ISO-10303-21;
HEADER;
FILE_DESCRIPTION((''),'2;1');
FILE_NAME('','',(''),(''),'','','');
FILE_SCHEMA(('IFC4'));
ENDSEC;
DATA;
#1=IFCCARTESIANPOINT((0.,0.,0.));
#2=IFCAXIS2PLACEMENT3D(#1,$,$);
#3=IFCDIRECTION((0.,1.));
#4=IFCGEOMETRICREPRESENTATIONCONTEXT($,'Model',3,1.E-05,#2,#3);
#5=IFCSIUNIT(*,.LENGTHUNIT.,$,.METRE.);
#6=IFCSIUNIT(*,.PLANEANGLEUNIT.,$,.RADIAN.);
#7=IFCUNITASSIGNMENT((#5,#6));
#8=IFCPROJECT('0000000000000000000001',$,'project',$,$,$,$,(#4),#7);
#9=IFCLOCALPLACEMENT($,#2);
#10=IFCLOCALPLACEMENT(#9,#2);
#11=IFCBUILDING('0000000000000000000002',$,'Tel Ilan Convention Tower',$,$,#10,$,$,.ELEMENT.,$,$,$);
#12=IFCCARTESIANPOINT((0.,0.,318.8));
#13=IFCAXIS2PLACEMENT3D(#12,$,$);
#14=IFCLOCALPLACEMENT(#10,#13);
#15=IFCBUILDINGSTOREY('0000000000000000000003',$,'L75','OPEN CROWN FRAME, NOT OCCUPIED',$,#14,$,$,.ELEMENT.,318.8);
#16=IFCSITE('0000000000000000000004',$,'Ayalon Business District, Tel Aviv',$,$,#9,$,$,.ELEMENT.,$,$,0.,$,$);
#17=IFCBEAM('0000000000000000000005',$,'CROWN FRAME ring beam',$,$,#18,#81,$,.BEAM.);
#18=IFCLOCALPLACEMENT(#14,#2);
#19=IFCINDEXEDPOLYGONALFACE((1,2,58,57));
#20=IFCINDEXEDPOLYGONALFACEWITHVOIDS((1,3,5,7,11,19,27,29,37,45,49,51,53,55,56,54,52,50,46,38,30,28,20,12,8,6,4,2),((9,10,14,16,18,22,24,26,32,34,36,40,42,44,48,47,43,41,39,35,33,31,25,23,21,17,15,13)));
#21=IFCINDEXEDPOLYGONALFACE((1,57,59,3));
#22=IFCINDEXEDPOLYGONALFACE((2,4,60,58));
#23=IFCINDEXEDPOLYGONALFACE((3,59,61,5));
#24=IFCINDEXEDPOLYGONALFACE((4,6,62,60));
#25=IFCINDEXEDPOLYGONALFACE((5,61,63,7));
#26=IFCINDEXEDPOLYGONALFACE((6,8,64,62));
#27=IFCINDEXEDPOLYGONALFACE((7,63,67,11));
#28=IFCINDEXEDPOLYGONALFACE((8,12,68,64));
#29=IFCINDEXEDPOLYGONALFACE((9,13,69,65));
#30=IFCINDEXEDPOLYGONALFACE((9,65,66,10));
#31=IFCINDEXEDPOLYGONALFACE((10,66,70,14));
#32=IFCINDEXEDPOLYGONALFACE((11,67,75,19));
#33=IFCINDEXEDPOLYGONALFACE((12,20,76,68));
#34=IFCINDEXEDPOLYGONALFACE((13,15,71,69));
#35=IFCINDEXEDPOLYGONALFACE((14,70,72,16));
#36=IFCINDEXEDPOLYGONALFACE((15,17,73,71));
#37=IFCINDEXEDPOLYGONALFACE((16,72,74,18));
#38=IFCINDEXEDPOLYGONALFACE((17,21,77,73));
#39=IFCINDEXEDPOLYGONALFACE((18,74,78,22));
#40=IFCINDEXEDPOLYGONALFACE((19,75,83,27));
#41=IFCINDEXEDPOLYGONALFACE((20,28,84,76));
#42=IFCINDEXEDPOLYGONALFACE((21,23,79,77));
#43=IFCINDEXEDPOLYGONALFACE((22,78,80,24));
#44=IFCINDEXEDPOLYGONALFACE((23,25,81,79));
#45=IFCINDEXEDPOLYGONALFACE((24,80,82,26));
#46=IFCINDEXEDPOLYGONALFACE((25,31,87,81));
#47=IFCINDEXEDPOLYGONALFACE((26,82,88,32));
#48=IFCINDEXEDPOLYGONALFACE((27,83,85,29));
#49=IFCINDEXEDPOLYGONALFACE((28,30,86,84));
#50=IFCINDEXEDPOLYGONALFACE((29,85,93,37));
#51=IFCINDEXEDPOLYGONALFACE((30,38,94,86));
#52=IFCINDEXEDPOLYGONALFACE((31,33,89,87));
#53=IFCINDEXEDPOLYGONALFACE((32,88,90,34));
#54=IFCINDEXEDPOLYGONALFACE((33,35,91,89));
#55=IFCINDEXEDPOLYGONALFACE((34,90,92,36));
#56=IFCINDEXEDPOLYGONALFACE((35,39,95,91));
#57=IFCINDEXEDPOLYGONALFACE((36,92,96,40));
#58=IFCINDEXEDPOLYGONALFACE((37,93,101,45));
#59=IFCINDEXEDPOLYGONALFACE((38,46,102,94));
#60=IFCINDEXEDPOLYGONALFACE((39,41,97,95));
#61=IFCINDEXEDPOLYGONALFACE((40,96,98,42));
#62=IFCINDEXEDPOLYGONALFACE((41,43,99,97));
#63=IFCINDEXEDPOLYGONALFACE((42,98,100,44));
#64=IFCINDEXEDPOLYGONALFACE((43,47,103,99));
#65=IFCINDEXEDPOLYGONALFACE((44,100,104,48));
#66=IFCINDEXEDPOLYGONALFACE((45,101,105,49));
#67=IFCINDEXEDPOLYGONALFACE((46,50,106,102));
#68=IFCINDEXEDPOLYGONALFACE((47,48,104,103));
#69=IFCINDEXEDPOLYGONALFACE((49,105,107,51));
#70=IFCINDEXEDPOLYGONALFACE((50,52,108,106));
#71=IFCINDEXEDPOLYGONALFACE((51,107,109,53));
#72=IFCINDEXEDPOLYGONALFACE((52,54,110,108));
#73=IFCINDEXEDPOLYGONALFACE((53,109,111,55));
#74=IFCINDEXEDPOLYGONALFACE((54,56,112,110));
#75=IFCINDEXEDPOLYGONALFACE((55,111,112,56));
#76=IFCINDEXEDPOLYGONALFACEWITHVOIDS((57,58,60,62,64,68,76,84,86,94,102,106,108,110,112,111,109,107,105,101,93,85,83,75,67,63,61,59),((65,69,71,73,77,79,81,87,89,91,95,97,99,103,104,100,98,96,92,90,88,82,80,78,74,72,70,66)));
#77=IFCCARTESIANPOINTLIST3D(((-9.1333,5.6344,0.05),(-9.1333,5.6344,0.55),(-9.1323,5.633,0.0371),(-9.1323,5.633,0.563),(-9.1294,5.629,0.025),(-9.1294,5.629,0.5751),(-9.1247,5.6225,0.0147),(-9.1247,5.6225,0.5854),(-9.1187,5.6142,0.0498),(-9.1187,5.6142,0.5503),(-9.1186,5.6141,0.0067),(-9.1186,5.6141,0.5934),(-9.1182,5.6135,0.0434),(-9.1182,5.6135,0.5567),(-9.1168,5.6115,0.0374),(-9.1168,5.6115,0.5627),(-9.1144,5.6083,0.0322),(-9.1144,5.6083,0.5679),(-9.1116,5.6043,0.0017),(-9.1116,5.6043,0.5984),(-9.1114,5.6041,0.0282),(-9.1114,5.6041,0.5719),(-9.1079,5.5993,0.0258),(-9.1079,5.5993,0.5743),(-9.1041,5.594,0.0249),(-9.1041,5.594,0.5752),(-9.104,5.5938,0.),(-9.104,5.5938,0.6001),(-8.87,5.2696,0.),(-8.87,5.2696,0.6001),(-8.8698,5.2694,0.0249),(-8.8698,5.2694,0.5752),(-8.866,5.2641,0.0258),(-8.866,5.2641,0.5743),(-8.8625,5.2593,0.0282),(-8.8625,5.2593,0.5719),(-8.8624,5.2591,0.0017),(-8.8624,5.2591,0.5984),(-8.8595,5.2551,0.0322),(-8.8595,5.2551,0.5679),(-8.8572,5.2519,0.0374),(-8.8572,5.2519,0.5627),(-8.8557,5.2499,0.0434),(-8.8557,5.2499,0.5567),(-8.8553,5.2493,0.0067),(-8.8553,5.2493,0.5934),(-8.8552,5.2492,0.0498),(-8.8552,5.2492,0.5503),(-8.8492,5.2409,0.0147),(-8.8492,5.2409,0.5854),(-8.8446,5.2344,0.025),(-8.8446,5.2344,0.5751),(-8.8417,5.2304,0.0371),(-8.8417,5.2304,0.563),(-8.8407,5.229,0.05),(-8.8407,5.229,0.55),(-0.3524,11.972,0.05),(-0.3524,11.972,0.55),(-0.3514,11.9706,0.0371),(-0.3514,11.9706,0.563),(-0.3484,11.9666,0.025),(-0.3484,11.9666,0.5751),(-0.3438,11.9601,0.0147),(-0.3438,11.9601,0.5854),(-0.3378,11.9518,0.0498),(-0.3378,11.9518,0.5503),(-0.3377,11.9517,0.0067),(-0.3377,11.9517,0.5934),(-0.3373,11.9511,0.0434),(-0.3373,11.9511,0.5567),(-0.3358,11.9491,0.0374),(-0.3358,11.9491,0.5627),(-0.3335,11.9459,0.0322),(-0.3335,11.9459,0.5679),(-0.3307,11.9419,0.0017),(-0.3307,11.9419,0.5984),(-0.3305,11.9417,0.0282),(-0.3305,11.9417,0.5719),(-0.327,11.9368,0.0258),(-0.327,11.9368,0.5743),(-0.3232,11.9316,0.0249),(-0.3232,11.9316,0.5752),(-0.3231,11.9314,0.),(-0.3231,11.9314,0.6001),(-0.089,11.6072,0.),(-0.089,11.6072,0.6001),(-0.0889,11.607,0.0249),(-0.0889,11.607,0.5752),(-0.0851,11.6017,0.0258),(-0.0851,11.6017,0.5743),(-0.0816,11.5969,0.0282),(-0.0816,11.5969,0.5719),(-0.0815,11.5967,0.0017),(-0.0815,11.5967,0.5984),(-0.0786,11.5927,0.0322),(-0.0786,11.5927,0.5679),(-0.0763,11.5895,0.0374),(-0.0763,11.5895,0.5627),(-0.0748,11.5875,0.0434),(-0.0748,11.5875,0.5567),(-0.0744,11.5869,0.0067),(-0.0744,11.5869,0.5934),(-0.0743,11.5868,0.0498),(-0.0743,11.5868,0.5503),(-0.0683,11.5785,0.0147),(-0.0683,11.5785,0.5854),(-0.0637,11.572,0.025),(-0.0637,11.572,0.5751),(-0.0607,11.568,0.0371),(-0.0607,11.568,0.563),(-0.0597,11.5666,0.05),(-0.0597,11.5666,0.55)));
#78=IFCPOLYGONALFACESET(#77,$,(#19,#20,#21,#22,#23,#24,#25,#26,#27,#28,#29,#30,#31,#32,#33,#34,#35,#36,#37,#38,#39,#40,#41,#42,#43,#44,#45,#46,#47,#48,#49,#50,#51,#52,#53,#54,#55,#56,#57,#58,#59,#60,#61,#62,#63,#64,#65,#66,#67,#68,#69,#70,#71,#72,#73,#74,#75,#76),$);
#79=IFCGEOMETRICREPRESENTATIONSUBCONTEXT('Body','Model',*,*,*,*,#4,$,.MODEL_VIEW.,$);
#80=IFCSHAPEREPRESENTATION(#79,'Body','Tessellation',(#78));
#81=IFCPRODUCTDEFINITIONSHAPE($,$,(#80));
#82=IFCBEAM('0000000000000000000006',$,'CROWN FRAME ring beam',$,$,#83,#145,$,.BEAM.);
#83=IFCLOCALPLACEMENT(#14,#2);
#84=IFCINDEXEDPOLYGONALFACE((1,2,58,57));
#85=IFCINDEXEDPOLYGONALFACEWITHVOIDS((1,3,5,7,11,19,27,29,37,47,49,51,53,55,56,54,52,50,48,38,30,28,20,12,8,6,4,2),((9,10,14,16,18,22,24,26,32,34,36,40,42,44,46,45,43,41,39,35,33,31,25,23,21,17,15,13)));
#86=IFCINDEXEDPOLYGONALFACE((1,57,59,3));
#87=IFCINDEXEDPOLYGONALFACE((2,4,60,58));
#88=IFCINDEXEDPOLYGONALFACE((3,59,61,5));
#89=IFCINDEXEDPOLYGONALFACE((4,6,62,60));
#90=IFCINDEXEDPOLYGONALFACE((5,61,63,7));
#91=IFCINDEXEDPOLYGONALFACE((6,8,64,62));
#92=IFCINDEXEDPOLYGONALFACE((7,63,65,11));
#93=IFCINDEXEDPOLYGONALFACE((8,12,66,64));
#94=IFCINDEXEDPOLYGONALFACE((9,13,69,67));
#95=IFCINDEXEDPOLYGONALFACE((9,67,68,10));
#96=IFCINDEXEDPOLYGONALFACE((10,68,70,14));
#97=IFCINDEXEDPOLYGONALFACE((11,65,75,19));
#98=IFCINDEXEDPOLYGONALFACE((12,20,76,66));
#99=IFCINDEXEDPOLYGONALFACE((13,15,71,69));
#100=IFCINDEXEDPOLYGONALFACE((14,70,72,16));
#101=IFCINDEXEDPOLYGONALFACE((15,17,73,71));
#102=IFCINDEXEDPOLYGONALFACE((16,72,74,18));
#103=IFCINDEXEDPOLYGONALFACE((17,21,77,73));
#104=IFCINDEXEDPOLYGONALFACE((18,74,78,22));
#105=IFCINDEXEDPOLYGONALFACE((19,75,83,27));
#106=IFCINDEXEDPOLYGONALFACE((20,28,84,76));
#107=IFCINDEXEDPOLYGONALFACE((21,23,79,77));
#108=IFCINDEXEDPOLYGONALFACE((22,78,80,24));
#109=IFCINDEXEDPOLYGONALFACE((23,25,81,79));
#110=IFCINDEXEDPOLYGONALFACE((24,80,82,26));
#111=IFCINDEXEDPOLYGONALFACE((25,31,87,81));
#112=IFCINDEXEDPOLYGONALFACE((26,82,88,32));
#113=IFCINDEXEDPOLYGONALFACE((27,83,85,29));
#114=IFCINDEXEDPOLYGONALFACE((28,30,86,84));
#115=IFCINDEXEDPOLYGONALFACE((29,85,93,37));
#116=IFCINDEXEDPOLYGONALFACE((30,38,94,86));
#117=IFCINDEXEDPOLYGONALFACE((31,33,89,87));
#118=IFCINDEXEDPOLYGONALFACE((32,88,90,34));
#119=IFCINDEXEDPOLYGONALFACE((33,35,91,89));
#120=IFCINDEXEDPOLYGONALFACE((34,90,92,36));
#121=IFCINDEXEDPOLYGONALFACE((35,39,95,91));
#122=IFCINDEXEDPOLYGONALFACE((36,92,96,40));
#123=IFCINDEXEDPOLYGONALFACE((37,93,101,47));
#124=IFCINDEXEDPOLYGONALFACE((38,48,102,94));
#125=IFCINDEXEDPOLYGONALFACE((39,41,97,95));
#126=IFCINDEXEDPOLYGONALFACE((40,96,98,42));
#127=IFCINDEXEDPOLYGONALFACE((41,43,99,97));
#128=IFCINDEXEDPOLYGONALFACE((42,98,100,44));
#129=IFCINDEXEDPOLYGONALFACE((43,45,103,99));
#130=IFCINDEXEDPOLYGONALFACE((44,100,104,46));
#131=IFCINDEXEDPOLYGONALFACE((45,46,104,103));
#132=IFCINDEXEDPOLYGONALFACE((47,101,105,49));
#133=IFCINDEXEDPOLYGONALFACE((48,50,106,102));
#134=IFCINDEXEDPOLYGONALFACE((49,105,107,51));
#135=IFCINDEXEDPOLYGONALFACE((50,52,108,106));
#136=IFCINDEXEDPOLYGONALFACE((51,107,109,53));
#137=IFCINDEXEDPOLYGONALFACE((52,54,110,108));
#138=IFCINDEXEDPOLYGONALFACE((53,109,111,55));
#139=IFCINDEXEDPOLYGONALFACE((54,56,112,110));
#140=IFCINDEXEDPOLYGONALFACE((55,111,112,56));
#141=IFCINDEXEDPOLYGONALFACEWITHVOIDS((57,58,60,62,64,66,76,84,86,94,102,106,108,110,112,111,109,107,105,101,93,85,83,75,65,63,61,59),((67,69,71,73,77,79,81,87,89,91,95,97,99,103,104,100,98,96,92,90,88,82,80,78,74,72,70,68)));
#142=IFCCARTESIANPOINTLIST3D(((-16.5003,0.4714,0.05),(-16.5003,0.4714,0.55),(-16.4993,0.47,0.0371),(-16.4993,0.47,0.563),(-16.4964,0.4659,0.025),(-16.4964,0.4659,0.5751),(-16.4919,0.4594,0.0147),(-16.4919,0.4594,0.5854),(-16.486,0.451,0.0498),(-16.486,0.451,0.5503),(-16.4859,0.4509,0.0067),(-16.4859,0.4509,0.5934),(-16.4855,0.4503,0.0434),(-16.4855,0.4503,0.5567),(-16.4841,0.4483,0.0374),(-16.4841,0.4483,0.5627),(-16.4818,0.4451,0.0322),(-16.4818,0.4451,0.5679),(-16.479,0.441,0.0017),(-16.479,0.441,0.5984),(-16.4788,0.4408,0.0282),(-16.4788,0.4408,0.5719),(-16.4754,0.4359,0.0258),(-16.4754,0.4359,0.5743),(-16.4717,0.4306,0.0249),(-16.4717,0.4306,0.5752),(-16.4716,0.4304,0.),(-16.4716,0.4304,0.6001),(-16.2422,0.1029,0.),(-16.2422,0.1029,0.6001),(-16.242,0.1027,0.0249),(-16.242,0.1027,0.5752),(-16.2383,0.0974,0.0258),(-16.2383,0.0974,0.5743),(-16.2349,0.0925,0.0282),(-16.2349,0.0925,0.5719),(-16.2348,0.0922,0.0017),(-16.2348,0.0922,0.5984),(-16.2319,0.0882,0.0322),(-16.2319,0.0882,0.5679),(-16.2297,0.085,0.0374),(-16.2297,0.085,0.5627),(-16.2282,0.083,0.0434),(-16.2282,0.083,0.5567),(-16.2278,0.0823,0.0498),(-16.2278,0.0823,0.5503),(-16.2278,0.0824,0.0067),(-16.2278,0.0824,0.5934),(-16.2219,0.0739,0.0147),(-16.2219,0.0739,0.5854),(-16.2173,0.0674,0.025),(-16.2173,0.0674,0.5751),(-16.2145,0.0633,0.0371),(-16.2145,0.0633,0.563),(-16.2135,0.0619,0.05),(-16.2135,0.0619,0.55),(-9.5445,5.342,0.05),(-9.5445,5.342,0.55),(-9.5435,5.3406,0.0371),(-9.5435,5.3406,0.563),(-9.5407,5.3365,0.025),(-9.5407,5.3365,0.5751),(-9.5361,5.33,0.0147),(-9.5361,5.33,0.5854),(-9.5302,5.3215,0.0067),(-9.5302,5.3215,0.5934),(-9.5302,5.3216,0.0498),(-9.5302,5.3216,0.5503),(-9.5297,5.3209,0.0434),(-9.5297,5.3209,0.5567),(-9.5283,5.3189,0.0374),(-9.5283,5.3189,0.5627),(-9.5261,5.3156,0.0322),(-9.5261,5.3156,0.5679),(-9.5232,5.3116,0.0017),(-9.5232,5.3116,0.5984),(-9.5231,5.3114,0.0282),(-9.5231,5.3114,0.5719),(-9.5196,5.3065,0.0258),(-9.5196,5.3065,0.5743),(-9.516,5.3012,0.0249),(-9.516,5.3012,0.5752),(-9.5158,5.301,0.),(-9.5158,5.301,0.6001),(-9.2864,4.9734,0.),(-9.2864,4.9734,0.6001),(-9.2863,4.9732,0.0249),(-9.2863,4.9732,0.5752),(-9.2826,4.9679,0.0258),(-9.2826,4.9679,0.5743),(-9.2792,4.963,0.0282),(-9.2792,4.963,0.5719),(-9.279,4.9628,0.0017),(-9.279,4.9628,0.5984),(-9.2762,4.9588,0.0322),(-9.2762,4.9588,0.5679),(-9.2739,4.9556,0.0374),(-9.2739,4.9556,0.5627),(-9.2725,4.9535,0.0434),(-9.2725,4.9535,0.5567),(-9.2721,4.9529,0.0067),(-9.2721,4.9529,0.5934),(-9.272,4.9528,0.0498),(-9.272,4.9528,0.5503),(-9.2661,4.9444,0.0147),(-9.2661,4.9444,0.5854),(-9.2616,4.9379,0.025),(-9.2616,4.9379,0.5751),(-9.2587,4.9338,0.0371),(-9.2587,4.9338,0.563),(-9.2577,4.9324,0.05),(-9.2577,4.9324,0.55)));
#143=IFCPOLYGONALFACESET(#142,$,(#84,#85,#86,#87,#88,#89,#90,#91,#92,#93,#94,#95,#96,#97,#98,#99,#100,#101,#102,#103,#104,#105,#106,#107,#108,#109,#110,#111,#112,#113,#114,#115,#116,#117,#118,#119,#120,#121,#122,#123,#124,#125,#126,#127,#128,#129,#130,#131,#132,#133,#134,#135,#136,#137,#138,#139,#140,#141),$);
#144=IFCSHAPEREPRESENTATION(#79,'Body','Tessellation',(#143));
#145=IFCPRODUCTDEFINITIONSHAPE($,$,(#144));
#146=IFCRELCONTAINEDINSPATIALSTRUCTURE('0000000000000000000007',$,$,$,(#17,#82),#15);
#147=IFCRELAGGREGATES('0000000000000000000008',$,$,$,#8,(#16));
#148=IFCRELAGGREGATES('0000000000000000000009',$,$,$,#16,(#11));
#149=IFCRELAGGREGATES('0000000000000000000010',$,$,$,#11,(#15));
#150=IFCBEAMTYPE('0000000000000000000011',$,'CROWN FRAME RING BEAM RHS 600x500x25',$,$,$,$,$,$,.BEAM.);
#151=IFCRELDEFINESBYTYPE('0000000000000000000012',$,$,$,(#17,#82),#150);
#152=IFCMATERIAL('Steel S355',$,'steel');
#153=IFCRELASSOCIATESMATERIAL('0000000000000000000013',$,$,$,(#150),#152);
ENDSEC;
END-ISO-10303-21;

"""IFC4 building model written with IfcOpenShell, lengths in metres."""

from ifc_helpers import new_model, si_unit, direction, frame, origin, origin_2d, place, context, subcontext, project, spatial, hollow_rectangle, extrude, material, material_profile, profile_set, type_object, element, save


model = new_model("IFC4")

# Units and contexts
model_context = context("Model", 3, precision=1e-05, world=origin(), true_north=direction((0.0, 1.0)))
body_context = subcontext(model_context, "Body", "Model", "MODEL_VIEW")
ifc_project = project(units=[si_unit("LENGTHUNIT", "METRE"), si_unit("PLANEANGLEUNIT", "RADIAN")], contexts=[model_context])

# Site, building, storey
site_placement = place(None, origin())
site = spatial("IfcSite", under=ifc_project, at=site_placement, Name="Ayalon Business District, Tel Aviv", CompositionType="ELEMENT", RefElevation=0.0)
building_placement = place(site_placement, origin())
building = spatial("IfcBuilding", under=site, at=building_placement, Name="Tel Ilan Convention Tower", CompositionType="ELEMENT")
storey_placement = place(building_placement, frame((0.0, 0.0, 318.8)))
storey = spatial("IfcBuildingStorey", under=building, at=storey_placement, Name="L75", Description="OPEN CROWN FRAME, NOT OCCUPIED", CompositionType="ELEMENT", Elevation=318.8)

# Beams
ifc_material_1 = material(Name="Steel S355", Category="steel")
ifc_material_profile_1 = material_profile(ifc_material_1, hollow_rectangle(XDim=0.5, YDim=0.6001, WallThickness=0.0249, InnerFilletRadius=0.0249, OuterFilletRadius=0.05, at=origin_2d()), Name="RHS 600x500x25")
ifc_profile_set_1 = profile_set([ifc_material_profile_1], Name="Steel S355")
beam_type = type_object("IfcBeamType", Name="CROWN FRAME RING BEAM RHS 600x500x25", PredefinedType="BEAM", material=ifc_profile_set_1)
beam_1_placement = place(storey_placement, frame((-0.2061, 11.7693, 0.3), z_axis=(-0.810863, -0.585236, 0.0), x_axis=(0.585236, -0.810863, 0.0)))
element("IfcBeam", 1, at=beam_1_placement, inside=storey, type_object=beam_type, Name="CROWN FRAME ring beam", PredefinedType="BEAM", context=body_context, shape_type="SweptSolid", body=[
    extrude(hollow_rectangle(XDim=0.5, YDim=0.6001, WallThickness=0.0249, InnerFilletRadius=0.0249, OuterFilletRadius=0.05, at=origin_2d()), origin(), (0.0, 0.0, 1.0), 10.8291),
])
beam_2_placement = place(storey_placement, frame((-9.4011, 5.1372, 0.3), z_axis=(-0.819147, -0.573584, 0.0), x_axis=(0.573584, -0.819147, 0.0)))
element("IfcBeam", 2, at=beam_2_placement, inside=storey, type_object=beam_type, Name="CROWN FRAME ring beam", PredefinedType="BEAM", context=body_context, shape_type="SweptSolid", body=[
    extrude(hollow_rectangle(XDim=0.5, YDim=0.6001, WallThickness=0.0249, InnerFilletRadius=0.0249, OuterFilletRadius=0.05, at=origin_2d()), origin(), (0.0, 0.0, 1.0), 8.4915),
])

save(model, "model.ifc")
